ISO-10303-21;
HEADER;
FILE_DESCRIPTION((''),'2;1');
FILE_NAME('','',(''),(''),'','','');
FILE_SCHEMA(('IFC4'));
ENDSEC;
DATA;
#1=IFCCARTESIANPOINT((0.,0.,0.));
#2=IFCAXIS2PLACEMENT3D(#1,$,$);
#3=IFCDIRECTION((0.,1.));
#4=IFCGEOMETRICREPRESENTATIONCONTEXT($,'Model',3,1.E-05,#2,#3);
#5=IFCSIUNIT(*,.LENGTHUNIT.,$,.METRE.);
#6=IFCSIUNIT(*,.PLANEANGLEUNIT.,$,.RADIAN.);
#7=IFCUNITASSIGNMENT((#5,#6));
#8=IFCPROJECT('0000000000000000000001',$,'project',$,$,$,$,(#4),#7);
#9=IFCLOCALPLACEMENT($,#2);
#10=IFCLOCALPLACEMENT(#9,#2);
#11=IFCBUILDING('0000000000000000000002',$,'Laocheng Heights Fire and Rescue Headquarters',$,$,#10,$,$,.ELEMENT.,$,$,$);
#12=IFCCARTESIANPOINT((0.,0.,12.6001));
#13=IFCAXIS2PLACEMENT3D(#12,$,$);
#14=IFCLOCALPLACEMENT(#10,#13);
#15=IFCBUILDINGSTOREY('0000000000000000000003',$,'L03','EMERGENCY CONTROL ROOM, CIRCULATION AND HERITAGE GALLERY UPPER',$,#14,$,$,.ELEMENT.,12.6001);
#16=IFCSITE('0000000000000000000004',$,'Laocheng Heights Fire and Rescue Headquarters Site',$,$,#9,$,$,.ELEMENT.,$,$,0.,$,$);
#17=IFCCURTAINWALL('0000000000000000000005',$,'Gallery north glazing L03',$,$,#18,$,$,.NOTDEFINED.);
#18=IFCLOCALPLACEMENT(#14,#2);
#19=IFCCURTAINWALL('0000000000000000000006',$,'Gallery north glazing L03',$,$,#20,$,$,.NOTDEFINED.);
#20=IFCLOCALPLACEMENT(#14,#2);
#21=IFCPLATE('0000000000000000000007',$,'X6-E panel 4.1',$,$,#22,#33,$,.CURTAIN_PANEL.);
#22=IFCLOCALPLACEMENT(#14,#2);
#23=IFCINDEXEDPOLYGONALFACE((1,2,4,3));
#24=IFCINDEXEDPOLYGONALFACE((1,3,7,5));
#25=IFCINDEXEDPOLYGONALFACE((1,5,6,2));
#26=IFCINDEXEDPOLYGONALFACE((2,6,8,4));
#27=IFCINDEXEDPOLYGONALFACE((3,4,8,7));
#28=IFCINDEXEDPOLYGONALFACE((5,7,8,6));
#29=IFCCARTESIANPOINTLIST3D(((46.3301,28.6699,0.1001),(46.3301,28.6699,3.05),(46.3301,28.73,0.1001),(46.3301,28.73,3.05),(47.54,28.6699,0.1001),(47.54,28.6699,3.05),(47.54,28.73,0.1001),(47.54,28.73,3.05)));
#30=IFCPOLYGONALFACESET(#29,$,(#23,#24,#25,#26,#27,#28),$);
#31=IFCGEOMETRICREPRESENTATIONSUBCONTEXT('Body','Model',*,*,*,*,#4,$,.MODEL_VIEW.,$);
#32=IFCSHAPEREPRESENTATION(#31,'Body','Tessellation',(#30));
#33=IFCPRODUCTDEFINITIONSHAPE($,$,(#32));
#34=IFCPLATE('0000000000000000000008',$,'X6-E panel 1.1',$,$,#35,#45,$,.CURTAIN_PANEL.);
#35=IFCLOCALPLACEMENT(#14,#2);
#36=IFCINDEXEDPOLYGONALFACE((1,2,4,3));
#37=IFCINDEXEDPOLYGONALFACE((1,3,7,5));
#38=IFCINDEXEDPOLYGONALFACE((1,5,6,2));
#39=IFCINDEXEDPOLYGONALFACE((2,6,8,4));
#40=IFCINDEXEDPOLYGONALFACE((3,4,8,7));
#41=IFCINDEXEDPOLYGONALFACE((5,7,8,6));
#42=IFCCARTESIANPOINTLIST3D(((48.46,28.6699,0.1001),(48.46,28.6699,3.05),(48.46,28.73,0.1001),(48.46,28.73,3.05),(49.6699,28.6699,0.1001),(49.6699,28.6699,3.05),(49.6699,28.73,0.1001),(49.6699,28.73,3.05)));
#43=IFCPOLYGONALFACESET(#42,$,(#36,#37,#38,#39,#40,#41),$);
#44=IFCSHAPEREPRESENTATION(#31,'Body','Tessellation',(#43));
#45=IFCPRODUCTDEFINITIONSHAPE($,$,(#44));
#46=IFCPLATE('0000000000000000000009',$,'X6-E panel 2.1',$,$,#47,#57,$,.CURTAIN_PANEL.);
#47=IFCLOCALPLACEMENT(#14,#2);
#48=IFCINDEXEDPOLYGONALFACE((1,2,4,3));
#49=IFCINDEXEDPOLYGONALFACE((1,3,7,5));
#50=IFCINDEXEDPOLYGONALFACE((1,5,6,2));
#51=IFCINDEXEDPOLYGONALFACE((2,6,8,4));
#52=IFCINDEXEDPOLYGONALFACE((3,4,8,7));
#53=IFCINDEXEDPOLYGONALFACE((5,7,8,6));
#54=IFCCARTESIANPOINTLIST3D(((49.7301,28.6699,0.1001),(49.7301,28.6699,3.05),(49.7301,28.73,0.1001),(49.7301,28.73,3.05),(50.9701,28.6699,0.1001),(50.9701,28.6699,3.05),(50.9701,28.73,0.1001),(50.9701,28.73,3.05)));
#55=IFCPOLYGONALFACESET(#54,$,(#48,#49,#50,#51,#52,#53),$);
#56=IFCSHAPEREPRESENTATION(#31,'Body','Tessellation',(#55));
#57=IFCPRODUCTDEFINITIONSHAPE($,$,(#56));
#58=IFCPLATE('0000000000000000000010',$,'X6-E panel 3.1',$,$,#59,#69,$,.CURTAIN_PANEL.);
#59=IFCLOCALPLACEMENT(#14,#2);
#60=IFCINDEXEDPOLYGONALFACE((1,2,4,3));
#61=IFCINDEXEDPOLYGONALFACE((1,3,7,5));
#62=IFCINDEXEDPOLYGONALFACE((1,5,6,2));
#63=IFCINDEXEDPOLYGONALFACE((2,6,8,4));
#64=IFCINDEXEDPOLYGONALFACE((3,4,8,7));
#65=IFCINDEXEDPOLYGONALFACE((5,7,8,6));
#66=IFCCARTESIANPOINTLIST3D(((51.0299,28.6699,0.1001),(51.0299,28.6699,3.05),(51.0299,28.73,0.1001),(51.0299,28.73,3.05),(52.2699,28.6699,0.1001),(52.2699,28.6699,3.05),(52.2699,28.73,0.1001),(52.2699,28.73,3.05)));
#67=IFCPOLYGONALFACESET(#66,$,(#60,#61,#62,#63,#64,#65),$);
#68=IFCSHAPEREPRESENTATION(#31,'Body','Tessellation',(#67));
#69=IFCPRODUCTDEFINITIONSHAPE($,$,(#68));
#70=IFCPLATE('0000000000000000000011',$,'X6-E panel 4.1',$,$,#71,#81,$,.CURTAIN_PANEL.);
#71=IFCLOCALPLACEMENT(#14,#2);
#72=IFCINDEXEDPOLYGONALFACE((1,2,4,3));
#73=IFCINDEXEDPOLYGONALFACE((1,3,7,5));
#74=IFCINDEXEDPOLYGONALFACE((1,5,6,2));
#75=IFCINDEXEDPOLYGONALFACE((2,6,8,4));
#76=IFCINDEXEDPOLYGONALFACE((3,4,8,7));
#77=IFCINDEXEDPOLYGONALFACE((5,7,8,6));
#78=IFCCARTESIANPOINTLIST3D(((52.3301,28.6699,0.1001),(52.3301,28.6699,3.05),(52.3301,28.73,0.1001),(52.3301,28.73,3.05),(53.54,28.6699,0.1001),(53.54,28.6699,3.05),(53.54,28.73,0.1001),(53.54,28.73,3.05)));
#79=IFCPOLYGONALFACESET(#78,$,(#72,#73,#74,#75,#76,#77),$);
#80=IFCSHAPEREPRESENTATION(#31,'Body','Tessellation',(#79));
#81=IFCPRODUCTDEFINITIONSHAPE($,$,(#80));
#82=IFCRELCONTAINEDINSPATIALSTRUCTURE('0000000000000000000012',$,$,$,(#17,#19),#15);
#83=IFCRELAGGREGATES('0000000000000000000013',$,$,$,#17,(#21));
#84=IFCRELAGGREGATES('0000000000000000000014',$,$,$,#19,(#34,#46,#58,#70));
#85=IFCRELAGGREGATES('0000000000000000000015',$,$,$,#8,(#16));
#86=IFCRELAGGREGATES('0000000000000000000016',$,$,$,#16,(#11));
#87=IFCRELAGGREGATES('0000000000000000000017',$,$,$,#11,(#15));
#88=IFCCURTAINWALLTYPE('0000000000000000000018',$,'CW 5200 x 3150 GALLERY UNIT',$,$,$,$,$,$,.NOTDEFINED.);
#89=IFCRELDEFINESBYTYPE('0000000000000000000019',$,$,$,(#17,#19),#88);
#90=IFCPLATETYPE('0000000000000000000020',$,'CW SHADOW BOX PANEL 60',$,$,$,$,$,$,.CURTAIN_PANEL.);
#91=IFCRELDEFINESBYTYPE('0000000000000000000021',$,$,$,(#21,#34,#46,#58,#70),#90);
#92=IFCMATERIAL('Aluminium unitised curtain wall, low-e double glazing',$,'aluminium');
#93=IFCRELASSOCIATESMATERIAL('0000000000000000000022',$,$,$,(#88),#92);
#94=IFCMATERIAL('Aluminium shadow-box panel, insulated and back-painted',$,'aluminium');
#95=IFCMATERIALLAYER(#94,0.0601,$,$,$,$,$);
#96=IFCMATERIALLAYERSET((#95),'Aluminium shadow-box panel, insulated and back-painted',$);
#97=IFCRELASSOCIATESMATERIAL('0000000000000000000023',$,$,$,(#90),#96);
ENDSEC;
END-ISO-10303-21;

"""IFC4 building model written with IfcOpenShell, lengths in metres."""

from ifc_helpers import new_model, si_unit, direction, frame, origin, origin_2d, place, context, subcontext, project, spatial, rectangle, extrude, material, layer, layer_set, type_object, element, aggregate, save


model = new_model("IFC4")

# Units and contexts
model_context = context("Model", 3, precision=1e-05, world=origin(), true_north=direction((0.0, 1.0)))
body_context = subcontext(model_context, "Body", "Model", "MODEL_VIEW")
ifc_project = project(units=[si_unit("LENGTHUNIT", "METRE"), si_unit("PLANEANGLEUNIT", "RADIAN")], contexts=[model_context])

# Site, building, storey
site_placement = place(None, origin())
site = spatial("IfcSite", under=ifc_project, at=site_placement, Name="Laocheng Heights Fire and Rescue Headquarters Site", CompositionType="ELEMENT", RefElevation=0.0)
building_placement = place(site_placement, origin())
building = spatial("IfcBuilding", under=site, at=building_placement, Name="Laocheng Heights Fire and Rescue Headquarters", CompositionType="ELEMENT")
storey_placement = place(building_placement, frame((0.0, 0.0, 12.6001)))
storey = spatial("IfcBuildingStorey", under=building, at=storey_placement, Name="L03", Description="EMERGENCY CONTROL ROOM, CIRCULATION AND HERITAGE GALLERY UPPER", CompositionType="ELEMENT", Elevation=12.6001)

# Curtain walls
ifc_material_1 = material(Name="Aluminium unitised curtain wall, low-e double glazing", Category="aluminium")
curtain_wall_type = type_object("IfcCurtainWallType", Name="CW 5200 x 3150 GALLERY UNIT", PredefinedType="NOTDEFINED", material=ifc_material_1)
curtain_wall_1_placement = place(storey_placement, origin())
curtain_wall_1 = element("IfcCurtainWall", 1, at=curtain_wall_1_placement, inside=storey, type_object=curtain_wall_type, Name="Gallery north glazing L03", PredefinedType="NOTDEFINED")
curtain_wall_2_placement = place(storey_placement, origin())
curtain_wall_2 = element("IfcCurtainWall", 2, at=curtain_wall_2_placement, inside=storey, type_object=curtain_wall_type, Name="Gallery north glazing L03", PredefinedType="NOTDEFINED")

# Plates
ifc_material_2 = material(Name="Aluminium shadow-box panel, insulated and back-painted", Category="aluminium")
ifc_layer = layer(ifc_material_2, 0.0601)
ifc_layer_set = layer_set([ifc_layer], Name="Aluminium shadow-box panel, insulated and back-painted")
plate_type = type_object("IfcPlateType", Name="CW SHADOW BOX PANEL 60", PredefinedType="CURTAIN_PANEL", material=ifc_layer_set)
plate_1_placement = place(storey_placement, frame((46.9351, 28.7, 0.1001), z_axis=(0.0, 0.0, 1.0), x_axis=(1.0, 0.0, 0.0)))
plate_1 = element("IfcPlate", 3, at=plate_1_placement, type_object=plate_type, Name="X6-E panel 4.1", PredefinedType="CURTAIN_PANEL", context=body_context, shape_type="SweptSolid", body=[
    extrude(rectangle(XDim=1.21, YDim=0.0601, at=origin_2d()), origin(), (0.0, 0.0, 1.0), 2.95),
])
aggregate(curtain_wall_1, [plate_1])
plate_2_placement = place(storey_placement, frame((49.0649, 28.7, 0.1001), z_axis=(0.0, 0.0, 1.0), x_axis=(1.0, 0.0, 0.0)))
plate_2 = element("IfcPlate", 4, at=plate_2_placement, type_object=plate_type, Name="X6-E panel 1.1", PredefinedType="CURTAIN_PANEL", context=body_context, shape_type="SweptSolid", body=[
    extrude(rectangle(XDim=1.21, YDim=0.0601, at=origin_2d()), origin(), (0.0, 0.0, 1.0), 2.95),
])
plate_3_placement = place(storey_placement, frame((50.3501, 28.7, 0.1001), z_axis=(0.0, 0.0, 1.0), x_axis=(1.0, 0.0, 0.0)))
plate_3 = element("IfcPlate", 5, at=plate_3_placement, type_object=plate_type, Name="X6-E panel 2.1", PredefinedType="CURTAIN_PANEL", context=body_context, shape_type="SweptSolid", body=[
    extrude(rectangle(XDim=1.24, YDim=0.0601, at=origin_2d()), origin(), (0.0, 0.0, 1.0), 2.95),
])
plate_4_placement = place(storey_placement, frame((51.6499, 28.7, 0.1001), z_axis=(0.0, 0.0, 1.0), x_axis=(1.0, 0.0, 0.0)))
plate_4 = element("IfcPlate", 6, at=plate_4_placement, type_object=plate_type, Name="X6-E panel 3.1", PredefinedType="CURTAIN_PANEL", context=body_context, shape_type="SweptSolid", body=[
    extrude(rectangle(XDim=1.24, YDim=0.0601, at=origin_2d()), origin(), (0.0, 0.0, 1.0), 2.95),
])
plate_5_placement = place(storey_placement, frame((52.9351, 28.7, 0.1001), z_axis=(0.0, 0.0, 1.0), x_axis=(1.0, 0.0, 0.0)))
plate_5 = element("IfcPlate", 7, at=plate_5_placement, type_object=plate_type, Name="X6-E panel 4.1", PredefinedType="CURTAIN_PANEL", context=body_context, shape_type="SweptSolid", body=[
    extrude(rectangle(XDim=1.21, YDim=0.0601, at=origin_2d()), origin(), (0.0, 0.0, 1.0), 2.95),
])
aggregate(curtain_wall_2, [plate_2, plate_3, plate_4, plate_5])

save(model, "model.ifc")
